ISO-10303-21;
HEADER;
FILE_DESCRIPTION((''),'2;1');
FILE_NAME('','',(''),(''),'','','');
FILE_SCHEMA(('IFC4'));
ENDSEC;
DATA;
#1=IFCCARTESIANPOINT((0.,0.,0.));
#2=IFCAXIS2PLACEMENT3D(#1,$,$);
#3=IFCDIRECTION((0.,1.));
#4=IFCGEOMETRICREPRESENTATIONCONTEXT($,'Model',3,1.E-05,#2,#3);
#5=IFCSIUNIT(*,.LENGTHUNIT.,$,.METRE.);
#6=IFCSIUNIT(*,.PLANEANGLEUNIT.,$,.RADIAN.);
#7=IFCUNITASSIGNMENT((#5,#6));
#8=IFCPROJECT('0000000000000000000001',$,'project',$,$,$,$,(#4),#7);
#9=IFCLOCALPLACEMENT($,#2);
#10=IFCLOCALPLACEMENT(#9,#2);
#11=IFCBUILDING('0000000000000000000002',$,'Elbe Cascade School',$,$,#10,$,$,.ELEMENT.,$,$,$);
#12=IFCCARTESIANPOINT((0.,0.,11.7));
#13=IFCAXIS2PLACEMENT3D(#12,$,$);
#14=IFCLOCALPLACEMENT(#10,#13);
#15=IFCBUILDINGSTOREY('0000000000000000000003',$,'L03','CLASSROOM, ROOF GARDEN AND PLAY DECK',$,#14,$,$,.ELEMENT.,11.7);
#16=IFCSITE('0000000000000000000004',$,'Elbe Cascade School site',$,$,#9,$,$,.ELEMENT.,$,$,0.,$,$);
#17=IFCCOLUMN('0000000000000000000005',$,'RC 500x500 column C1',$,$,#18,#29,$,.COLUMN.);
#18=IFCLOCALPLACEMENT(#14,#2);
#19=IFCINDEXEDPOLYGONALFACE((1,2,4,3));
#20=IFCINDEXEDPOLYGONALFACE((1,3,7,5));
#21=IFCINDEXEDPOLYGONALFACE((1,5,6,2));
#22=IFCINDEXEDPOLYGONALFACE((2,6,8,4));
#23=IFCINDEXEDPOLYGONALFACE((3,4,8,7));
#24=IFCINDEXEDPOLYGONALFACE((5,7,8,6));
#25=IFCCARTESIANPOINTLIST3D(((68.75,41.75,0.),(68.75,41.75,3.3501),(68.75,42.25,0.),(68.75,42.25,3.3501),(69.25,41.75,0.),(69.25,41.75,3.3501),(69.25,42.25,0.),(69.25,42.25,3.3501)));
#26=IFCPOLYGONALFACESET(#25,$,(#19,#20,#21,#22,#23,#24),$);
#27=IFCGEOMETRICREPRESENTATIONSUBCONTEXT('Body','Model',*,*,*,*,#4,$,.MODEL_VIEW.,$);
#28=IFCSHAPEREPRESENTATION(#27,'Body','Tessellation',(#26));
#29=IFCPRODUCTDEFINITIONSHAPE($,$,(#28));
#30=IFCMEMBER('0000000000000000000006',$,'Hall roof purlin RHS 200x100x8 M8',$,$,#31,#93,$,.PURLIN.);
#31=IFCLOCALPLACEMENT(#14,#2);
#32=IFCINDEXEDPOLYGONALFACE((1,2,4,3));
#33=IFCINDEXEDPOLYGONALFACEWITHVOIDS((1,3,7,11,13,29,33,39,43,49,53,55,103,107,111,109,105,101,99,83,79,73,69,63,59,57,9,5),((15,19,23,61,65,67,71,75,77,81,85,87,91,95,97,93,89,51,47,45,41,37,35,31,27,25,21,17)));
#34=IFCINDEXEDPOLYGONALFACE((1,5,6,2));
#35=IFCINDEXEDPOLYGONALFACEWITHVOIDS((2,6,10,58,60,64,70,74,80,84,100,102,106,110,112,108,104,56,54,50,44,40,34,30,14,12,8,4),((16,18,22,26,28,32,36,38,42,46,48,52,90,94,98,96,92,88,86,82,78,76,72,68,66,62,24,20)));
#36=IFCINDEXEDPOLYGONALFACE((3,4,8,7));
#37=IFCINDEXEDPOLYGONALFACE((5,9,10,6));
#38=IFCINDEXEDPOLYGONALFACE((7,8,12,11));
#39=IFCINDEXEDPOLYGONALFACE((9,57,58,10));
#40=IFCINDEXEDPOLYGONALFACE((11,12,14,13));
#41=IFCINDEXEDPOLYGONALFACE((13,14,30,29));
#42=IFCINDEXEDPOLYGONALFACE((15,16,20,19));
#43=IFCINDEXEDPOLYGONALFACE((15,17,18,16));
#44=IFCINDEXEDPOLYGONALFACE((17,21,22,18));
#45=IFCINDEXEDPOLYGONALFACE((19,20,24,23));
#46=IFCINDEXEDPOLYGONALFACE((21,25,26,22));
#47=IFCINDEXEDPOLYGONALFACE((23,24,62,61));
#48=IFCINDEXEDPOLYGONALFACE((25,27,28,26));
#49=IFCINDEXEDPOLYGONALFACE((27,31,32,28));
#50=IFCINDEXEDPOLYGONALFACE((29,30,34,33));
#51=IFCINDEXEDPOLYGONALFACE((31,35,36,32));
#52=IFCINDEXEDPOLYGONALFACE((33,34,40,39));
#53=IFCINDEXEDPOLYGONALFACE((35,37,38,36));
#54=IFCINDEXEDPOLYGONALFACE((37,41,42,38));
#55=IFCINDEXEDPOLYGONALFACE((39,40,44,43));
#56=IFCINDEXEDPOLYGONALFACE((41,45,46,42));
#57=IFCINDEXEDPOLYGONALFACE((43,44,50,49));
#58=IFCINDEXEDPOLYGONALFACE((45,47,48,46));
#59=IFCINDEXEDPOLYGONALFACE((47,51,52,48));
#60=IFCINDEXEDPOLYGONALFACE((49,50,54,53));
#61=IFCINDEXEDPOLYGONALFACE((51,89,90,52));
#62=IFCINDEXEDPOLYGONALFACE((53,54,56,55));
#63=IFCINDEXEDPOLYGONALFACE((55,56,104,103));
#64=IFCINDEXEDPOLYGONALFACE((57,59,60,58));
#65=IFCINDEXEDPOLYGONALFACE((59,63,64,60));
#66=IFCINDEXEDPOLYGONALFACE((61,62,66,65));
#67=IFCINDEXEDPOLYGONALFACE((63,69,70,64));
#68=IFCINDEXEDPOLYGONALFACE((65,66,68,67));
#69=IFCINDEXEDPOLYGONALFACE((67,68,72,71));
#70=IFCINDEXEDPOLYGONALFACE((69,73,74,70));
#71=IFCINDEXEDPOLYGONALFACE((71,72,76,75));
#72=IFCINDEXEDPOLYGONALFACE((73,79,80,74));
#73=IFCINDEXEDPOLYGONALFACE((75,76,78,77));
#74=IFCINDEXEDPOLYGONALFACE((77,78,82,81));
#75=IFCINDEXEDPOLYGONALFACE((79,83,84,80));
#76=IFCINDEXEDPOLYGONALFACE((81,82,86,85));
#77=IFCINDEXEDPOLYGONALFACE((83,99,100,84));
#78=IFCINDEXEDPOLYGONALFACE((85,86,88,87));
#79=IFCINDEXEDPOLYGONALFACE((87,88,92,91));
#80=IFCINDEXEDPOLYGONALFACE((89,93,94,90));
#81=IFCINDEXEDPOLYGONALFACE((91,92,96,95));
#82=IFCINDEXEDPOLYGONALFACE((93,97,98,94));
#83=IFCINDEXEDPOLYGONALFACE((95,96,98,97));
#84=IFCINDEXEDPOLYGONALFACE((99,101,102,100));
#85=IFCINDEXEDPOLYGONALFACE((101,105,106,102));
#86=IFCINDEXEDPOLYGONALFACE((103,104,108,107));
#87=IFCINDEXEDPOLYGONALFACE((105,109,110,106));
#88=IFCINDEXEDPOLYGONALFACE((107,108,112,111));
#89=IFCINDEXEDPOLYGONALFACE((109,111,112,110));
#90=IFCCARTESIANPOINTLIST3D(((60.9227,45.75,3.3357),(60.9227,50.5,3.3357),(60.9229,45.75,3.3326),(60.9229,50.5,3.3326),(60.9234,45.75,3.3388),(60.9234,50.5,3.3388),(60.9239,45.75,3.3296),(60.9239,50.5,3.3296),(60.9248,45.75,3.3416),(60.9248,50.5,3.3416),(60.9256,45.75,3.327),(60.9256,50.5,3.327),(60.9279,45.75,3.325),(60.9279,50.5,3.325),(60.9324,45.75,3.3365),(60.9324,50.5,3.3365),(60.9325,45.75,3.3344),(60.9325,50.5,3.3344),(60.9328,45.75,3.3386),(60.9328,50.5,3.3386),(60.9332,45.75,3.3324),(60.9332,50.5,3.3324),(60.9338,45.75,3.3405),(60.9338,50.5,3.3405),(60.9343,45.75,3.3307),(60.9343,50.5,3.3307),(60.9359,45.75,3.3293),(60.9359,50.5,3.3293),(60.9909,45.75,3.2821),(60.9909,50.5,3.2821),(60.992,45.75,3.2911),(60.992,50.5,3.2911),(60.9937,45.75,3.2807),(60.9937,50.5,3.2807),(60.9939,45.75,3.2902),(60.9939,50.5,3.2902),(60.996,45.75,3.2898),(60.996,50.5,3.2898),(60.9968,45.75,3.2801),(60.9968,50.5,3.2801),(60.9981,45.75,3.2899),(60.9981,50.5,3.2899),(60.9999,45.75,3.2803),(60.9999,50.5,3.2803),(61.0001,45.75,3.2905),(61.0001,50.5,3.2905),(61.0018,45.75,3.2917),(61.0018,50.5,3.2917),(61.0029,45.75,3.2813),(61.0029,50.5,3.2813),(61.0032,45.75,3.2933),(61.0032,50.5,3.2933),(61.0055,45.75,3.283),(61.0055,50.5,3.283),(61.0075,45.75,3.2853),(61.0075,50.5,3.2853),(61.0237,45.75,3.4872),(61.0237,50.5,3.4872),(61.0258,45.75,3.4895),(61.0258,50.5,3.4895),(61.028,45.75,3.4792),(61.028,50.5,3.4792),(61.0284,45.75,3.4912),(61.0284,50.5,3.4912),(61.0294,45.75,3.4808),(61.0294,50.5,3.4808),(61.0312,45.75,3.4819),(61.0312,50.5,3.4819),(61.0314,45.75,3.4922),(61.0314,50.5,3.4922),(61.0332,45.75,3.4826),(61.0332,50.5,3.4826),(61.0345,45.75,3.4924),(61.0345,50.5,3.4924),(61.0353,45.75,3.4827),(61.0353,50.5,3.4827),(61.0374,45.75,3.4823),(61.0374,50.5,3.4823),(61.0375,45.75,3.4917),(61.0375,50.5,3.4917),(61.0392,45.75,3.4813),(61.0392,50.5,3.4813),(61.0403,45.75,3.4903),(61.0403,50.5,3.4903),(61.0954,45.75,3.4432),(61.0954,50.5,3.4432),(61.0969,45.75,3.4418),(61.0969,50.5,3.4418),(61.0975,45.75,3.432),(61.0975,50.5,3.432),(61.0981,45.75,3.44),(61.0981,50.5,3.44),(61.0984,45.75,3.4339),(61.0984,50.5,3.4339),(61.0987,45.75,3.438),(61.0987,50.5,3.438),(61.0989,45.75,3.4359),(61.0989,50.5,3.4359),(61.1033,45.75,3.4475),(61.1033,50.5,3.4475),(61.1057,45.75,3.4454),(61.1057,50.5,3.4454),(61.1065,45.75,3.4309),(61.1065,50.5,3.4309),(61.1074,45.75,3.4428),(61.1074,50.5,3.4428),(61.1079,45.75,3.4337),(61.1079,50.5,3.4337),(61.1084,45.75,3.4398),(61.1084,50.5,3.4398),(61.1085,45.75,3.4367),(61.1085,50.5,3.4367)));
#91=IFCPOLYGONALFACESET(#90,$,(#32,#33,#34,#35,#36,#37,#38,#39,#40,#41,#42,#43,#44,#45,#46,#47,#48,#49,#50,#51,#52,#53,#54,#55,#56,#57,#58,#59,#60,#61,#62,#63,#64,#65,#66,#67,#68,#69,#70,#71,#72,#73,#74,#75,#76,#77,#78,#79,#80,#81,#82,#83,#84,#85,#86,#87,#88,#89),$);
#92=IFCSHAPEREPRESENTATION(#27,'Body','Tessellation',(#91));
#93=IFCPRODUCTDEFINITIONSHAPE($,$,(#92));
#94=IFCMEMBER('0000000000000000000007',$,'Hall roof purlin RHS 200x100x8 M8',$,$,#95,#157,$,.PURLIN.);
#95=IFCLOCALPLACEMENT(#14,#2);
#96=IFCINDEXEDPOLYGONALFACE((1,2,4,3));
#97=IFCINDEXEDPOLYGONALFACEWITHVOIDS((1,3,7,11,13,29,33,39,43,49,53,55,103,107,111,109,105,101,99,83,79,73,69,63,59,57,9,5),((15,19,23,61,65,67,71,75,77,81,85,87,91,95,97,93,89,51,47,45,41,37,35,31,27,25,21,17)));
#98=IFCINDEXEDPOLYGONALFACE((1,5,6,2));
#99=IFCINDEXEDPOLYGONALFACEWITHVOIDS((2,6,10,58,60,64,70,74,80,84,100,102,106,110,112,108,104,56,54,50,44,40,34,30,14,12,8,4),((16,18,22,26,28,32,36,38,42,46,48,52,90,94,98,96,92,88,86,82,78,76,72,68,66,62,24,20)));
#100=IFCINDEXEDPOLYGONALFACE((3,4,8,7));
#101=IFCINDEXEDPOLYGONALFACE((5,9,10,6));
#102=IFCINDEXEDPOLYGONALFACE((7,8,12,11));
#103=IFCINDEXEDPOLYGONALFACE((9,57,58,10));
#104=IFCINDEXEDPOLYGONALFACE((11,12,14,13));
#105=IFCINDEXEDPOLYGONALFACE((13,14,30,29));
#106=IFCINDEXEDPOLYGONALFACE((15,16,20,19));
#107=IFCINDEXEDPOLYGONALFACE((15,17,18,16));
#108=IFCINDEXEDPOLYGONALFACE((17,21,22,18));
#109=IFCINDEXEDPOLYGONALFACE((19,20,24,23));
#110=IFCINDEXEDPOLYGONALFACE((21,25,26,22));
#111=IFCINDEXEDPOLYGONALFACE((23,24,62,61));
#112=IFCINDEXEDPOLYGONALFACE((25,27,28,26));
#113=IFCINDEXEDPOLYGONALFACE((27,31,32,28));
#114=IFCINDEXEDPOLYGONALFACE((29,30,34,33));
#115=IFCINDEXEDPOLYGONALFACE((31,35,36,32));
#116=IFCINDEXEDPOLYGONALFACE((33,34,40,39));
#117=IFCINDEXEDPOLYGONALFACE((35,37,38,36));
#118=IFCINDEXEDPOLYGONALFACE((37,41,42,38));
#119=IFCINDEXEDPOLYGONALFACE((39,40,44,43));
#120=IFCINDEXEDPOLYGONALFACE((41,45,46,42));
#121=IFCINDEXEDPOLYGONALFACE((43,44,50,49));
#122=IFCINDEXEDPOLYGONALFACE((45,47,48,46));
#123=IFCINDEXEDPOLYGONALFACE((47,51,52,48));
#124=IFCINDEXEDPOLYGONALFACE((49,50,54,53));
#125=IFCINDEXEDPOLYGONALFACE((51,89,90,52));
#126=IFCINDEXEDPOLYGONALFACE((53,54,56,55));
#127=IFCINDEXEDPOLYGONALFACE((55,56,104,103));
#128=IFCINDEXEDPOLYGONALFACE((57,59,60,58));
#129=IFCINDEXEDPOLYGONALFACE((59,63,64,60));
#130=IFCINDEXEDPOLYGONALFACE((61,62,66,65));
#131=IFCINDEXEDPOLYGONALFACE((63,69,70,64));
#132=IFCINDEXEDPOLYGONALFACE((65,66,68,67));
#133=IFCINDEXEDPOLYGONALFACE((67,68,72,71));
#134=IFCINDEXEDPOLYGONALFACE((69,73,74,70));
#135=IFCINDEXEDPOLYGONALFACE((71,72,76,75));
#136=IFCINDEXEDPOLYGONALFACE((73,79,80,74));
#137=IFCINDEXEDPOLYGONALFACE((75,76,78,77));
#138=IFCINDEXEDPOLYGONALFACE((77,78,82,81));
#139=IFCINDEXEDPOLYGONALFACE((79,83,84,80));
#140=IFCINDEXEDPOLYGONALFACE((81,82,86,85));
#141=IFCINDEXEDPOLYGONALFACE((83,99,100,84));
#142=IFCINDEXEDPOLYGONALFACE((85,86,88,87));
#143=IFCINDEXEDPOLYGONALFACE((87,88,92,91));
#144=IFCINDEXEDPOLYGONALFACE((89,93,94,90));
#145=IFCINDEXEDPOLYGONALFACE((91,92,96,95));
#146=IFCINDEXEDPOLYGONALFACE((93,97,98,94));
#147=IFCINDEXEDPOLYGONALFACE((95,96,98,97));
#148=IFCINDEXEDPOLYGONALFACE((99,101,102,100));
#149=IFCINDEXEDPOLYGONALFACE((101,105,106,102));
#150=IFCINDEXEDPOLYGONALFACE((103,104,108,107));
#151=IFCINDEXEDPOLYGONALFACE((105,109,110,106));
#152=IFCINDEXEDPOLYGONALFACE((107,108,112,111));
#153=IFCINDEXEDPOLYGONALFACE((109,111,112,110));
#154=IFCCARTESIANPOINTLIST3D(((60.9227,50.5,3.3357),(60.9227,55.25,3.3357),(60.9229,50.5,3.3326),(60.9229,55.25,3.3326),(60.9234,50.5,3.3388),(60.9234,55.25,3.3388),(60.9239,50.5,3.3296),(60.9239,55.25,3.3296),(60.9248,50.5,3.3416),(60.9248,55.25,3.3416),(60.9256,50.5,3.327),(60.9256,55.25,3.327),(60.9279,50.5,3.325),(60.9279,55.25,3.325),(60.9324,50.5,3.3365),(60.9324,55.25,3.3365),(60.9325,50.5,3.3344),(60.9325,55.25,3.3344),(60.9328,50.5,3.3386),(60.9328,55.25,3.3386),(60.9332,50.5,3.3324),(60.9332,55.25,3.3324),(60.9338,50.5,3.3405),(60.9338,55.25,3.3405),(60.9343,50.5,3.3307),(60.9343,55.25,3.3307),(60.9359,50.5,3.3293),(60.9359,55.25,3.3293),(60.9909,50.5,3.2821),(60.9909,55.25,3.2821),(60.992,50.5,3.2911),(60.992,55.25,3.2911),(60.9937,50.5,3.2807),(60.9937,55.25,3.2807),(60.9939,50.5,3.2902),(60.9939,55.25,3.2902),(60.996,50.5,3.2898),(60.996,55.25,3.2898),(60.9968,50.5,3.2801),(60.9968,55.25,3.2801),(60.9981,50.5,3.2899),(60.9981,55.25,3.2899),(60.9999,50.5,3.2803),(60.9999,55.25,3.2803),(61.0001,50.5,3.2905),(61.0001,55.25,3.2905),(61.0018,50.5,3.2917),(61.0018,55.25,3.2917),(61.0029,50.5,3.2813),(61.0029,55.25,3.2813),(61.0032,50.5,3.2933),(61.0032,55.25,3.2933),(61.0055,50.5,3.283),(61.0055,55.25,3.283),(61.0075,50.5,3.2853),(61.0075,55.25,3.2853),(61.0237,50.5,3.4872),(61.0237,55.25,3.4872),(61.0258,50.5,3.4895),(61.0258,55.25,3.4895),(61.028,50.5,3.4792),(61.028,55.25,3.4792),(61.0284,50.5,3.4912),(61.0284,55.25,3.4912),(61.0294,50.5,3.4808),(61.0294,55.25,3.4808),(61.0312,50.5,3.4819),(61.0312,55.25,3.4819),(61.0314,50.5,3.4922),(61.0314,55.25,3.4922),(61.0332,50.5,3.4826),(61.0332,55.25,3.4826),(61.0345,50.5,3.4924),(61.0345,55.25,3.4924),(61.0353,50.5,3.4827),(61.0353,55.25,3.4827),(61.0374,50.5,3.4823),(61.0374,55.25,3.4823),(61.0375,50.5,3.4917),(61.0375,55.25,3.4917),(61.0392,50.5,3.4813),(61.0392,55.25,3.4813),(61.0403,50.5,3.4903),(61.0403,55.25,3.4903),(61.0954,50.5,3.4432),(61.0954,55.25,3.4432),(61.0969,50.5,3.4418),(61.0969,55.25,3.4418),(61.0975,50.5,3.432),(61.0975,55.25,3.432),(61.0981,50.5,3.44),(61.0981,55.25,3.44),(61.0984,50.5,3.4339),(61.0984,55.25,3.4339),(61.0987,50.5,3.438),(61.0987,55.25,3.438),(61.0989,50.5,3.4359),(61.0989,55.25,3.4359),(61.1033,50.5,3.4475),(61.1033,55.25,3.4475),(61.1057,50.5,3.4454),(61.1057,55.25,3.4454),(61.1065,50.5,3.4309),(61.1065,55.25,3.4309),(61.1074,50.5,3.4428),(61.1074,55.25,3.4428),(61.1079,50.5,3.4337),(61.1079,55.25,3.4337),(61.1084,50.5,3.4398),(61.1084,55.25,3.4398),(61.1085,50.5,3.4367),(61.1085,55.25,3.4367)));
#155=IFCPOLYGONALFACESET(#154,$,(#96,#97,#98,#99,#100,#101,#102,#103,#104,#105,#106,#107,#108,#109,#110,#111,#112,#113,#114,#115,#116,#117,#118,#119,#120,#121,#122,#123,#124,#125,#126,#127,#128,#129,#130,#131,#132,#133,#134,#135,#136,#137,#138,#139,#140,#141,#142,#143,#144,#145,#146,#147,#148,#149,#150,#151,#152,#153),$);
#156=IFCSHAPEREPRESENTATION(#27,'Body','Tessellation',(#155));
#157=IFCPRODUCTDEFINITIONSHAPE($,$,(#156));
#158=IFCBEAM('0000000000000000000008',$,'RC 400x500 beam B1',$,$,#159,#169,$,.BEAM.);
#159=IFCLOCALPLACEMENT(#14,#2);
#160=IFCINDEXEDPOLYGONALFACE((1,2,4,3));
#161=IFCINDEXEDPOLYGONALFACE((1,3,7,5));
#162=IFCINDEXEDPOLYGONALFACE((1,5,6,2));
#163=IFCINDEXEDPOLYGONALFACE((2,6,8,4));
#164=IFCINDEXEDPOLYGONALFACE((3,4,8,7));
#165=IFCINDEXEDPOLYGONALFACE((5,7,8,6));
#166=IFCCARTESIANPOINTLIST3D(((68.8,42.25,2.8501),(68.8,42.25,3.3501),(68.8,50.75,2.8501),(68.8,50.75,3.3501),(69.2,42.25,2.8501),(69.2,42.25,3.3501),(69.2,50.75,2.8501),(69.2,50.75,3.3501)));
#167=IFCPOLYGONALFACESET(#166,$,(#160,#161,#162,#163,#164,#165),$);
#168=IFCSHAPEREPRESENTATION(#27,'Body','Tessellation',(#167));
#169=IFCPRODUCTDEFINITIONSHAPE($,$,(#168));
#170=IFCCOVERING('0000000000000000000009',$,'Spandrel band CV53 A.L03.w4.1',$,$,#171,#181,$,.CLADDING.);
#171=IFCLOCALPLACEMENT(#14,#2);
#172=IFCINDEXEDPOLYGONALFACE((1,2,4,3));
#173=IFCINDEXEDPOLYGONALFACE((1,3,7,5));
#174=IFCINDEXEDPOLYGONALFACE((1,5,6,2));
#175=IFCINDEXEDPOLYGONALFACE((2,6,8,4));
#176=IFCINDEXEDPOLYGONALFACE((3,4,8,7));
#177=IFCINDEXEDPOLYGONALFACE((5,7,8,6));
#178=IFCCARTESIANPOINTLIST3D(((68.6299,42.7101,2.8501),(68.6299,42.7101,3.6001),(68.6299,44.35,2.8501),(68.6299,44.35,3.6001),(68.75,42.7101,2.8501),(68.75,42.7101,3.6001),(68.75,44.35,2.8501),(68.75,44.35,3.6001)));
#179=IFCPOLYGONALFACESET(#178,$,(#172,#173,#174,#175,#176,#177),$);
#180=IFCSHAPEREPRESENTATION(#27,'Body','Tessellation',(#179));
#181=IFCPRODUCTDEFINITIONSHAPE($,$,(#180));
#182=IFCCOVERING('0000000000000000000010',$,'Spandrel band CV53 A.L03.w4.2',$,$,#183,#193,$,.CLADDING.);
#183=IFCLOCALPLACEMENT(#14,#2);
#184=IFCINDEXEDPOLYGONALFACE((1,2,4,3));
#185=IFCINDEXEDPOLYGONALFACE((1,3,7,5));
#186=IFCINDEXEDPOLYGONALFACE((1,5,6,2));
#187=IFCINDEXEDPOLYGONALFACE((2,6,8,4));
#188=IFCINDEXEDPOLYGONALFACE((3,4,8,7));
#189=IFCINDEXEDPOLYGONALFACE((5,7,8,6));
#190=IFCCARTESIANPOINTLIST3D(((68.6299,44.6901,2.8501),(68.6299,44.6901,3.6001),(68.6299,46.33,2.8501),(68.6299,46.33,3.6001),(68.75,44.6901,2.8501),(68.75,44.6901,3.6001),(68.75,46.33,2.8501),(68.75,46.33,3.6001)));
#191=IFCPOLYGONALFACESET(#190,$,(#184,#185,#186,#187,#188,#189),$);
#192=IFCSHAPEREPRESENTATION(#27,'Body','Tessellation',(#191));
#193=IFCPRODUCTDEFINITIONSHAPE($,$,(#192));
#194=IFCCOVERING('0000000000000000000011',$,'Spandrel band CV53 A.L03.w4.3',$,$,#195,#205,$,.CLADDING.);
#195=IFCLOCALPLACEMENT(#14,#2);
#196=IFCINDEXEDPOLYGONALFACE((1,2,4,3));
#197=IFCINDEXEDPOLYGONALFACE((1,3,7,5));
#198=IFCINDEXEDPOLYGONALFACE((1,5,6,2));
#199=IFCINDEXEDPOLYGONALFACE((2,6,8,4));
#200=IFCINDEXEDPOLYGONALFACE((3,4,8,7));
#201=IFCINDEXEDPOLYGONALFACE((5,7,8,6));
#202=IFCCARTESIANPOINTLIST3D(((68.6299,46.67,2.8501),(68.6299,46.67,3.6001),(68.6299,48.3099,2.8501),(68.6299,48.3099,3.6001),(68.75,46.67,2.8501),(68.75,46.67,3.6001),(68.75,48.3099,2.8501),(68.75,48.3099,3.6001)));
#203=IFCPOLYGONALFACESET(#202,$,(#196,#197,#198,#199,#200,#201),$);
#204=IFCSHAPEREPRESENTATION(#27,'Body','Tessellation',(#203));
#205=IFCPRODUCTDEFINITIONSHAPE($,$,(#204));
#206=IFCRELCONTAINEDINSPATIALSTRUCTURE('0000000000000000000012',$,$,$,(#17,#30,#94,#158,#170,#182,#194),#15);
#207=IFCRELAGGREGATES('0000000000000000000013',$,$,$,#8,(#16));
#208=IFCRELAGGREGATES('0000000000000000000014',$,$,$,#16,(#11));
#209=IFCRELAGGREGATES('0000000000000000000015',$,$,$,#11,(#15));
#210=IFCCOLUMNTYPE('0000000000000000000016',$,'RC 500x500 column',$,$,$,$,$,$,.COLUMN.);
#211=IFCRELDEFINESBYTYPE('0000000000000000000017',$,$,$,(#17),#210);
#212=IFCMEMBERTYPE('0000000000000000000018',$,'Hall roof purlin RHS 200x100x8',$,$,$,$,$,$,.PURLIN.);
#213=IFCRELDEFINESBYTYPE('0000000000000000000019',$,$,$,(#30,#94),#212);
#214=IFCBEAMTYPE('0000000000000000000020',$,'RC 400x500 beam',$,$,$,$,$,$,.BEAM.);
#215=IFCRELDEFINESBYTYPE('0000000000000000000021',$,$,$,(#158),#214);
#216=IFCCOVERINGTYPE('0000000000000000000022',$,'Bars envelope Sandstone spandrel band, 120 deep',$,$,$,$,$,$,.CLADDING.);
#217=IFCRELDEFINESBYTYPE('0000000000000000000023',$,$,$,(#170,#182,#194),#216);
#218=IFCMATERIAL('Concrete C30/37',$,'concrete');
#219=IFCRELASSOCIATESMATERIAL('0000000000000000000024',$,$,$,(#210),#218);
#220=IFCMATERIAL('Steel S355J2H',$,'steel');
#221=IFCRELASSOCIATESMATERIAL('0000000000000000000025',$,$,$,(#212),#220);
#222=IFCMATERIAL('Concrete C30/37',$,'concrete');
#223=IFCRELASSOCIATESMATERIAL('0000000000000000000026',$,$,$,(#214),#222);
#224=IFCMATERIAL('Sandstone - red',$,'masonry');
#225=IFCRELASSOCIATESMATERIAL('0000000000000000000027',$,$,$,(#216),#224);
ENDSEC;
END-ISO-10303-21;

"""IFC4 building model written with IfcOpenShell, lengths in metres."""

from ifc_helpers import new_model, si_unit, direction, frame, origin, origin_2d, place, context, subcontext, project, spatial, rectangle, hollow_rectangle, extrude, material, material_profile, profile_set, type_object, element, save


model = new_model("IFC4")

# Units and contexts
model_context = context("Model", 3, precision=1e-05, world=origin(), true_north=direction((0.0, 1.0)))
body_context = subcontext(model_context, "Body", "Model", "MODEL_VIEW")
ifc_project = project(units=[si_unit("LENGTHUNIT", "METRE"), si_unit("PLANEANGLEUNIT", "RADIAN")], contexts=[model_context])

# Site, building, storey
site_placement = place(None, origin())
site = spatial("IfcSite", under=ifc_project, at=site_placement, Name="Elbe Cascade School site", CompositionType="ELEMENT", RefElevation=0.0)
building_placement = place(site_placement, origin())
building = spatial("IfcBuilding", under=site, at=building_placement, Name="Elbe Cascade School", CompositionType="ELEMENT")
storey_placement = place(building_placement, frame((0.0, 0.0, 11.7)))
storey = spatial("IfcBuildingStorey", under=building, at=storey_placement, Name="L03", Description="CLASSROOM, ROOF GARDEN AND PLAY DECK", CompositionType="ELEMENT", Elevation=11.7)

# Column
ifc_material_1 = material(Name="Concrete C30/37", Category="concrete")
ifc_material_profile_1 = material_profile(ifc_material_1, rectangle(XDim=0.5, YDim=0.5, at=origin_2d()), Name="RC 500x500")
ifc_profile_set_1 = profile_set([ifc_material_profile_1], Name="Concrete C30/37")
column_type = type_object("IfcColumnType", Name="RC 500x500 column", PredefinedType="COLUMN", material=ifc_profile_set_1)
column_placement = place(storey_placement, frame((69.0, 42.0, 0.0), z_axis=(0.0, 0.0, 1.0), x_axis=(1.0, 0.0, 0.0)))
element("IfcColumn", 1, at=column_placement, inside=storey, type_object=column_type, Name="RC 500x500 column C1", PredefinedType="COLUMN", context=body_context, shape_type="SweptSolid", body=[
    extrude(rectangle(XDim=0.5, YDim=0.5, at=origin_2d()), origin(), (0.0, 0.0, 1.0), 3.3501),
])

# Members
ifc_material_2 = material(Name="Steel S355J2H", Category="steel")
ifc_material_profile_2 = material_profile(ifc_material_2, hollow_rectangle(XDim=0.1001, YDim=0.2, WallThickness=0.0081, InnerFilletRadius=0.0081, OuterFilletRadius=0.012, at=origin_2d()), Name="RHS 200x100x8")
ifc_profile_set_2 = profile_set([ifc_material_profile_2], Name="Steel S355J2H")
member_type = type_object("IfcMemberType", Name="Hall roof purlin RHS 200x100x8", PredefinedType="PURLIN", material=ifc_profile_set_2)
for number, where, z_axis, x_axis, name in (
    (2, (61.0156, 45.75, 3.3862), (0.0, 1.0, 0.0), (-0.827027, 0.0, 0.562162), "Hall roof purlin RHS 200x100x8 M8"),
    (3, (61.0156, 50.5, 3.3862), (0.0, 1.0, 0.0), (-0.827027, 0.0, 0.562162), "Hall roof purlin RHS 200x100x8 M8"),
):
    element("IfcMember", number, at=place(storey_placement, frame(where, z_axis=z_axis, x_axis=x_axis)), inside=storey, type_object=member_type, Name=name, PredefinedType="PURLIN", context=body_context, shape_type="SweptSolid", body=[
        extrude(hollow_rectangle(XDim=0.1001, YDim=0.2, WallThickness=0.0081, InnerFilletRadius=0.0081, OuterFilletRadius=0.012, at=origin_2d()), origin(), (0.0, 0.0, 1.0), 4.75),
    ])

# Beam
ifc_material_3 = material(Name="Concrete C30/37", Category="concrete")
ifc_material_profile_3 = material_profile(ifc_material_3, rectangle(XDim=0.3999, YDim=0.5, at=origin_2d()), Name="RC 400x500")
ifc_profile_set_3 = profile_set([ifc_material_profile_3], Name="Concrete C30/37")
beam_type = type_object("IfcBeamType", Name="RC 400x500 beam", PredefinedType="BEAM", material=ifc_profile_set_3)
beam_placement = place(storey_placement, frame((69.0, 42.25, 3.1001), z_axis=(0.0, 1.0, 0.0), x_axis=(-1.0, 0.0, 0.0)))
element("IfcBeam", 4, at=beam_placement, inside=storey, type_object=beam_type, Name="RC 400x500 beam B1", PredefinedType="BEAM", context=body_context, shape_type="SweptSolid", body=[
    extrude(rectangle(XDim=0.3999, YDim=0.5, at=origin_2d()), origin(), (0.0, 0.0, 1.0), 8.5),
])

# Coverings
ifc_material_4 = material(Name="Sandstone - red", Category="masonry")
covering_type = type_object("IfcCoveringType", Name="Bars envelope Sandstone spandrel band, 120 deep", PredefinedType="CLADDING", material=ifc_material_4)
for number, where, z_axis, x_axis, name in (
    (5, (68.6899, 43.53, 2.8501), (0.0, 0.0, 1.0), (0.0, 1.0, 0.0), "Spandrel band CV53 A.L03.w4.1"),
    (6, (68.6899, 45.51, 2.8501), (0.0, 0.0, 1.0), (0.0, 1.0, 0.0), "Spandrel band CV53 A.L03.w4.2"),
    (7, (68.6899, 47.49, 2.8501), (0.0, 0.0, 1.0), (0.0, 1.0, 0.0), "Spandrel band CV53 A.L03.w4.3"),
):
    element("IfcCovering", number, at=place(storey_placement, frame(where, z_axis=z_axis, x_axis=x_axis)), inside=storey, type_object=covering_type, Name=name, PredefinedType="CLADDING", context=body_context, shape_type="SweptSolid", body=[
        extrude(rectangle(XDim=1.6399, YDim=0.1201, at=origin_2d()), origin(), (0.0, 0.0, 1.0), 0.75),
    ])

save(model, "model.ifc")
